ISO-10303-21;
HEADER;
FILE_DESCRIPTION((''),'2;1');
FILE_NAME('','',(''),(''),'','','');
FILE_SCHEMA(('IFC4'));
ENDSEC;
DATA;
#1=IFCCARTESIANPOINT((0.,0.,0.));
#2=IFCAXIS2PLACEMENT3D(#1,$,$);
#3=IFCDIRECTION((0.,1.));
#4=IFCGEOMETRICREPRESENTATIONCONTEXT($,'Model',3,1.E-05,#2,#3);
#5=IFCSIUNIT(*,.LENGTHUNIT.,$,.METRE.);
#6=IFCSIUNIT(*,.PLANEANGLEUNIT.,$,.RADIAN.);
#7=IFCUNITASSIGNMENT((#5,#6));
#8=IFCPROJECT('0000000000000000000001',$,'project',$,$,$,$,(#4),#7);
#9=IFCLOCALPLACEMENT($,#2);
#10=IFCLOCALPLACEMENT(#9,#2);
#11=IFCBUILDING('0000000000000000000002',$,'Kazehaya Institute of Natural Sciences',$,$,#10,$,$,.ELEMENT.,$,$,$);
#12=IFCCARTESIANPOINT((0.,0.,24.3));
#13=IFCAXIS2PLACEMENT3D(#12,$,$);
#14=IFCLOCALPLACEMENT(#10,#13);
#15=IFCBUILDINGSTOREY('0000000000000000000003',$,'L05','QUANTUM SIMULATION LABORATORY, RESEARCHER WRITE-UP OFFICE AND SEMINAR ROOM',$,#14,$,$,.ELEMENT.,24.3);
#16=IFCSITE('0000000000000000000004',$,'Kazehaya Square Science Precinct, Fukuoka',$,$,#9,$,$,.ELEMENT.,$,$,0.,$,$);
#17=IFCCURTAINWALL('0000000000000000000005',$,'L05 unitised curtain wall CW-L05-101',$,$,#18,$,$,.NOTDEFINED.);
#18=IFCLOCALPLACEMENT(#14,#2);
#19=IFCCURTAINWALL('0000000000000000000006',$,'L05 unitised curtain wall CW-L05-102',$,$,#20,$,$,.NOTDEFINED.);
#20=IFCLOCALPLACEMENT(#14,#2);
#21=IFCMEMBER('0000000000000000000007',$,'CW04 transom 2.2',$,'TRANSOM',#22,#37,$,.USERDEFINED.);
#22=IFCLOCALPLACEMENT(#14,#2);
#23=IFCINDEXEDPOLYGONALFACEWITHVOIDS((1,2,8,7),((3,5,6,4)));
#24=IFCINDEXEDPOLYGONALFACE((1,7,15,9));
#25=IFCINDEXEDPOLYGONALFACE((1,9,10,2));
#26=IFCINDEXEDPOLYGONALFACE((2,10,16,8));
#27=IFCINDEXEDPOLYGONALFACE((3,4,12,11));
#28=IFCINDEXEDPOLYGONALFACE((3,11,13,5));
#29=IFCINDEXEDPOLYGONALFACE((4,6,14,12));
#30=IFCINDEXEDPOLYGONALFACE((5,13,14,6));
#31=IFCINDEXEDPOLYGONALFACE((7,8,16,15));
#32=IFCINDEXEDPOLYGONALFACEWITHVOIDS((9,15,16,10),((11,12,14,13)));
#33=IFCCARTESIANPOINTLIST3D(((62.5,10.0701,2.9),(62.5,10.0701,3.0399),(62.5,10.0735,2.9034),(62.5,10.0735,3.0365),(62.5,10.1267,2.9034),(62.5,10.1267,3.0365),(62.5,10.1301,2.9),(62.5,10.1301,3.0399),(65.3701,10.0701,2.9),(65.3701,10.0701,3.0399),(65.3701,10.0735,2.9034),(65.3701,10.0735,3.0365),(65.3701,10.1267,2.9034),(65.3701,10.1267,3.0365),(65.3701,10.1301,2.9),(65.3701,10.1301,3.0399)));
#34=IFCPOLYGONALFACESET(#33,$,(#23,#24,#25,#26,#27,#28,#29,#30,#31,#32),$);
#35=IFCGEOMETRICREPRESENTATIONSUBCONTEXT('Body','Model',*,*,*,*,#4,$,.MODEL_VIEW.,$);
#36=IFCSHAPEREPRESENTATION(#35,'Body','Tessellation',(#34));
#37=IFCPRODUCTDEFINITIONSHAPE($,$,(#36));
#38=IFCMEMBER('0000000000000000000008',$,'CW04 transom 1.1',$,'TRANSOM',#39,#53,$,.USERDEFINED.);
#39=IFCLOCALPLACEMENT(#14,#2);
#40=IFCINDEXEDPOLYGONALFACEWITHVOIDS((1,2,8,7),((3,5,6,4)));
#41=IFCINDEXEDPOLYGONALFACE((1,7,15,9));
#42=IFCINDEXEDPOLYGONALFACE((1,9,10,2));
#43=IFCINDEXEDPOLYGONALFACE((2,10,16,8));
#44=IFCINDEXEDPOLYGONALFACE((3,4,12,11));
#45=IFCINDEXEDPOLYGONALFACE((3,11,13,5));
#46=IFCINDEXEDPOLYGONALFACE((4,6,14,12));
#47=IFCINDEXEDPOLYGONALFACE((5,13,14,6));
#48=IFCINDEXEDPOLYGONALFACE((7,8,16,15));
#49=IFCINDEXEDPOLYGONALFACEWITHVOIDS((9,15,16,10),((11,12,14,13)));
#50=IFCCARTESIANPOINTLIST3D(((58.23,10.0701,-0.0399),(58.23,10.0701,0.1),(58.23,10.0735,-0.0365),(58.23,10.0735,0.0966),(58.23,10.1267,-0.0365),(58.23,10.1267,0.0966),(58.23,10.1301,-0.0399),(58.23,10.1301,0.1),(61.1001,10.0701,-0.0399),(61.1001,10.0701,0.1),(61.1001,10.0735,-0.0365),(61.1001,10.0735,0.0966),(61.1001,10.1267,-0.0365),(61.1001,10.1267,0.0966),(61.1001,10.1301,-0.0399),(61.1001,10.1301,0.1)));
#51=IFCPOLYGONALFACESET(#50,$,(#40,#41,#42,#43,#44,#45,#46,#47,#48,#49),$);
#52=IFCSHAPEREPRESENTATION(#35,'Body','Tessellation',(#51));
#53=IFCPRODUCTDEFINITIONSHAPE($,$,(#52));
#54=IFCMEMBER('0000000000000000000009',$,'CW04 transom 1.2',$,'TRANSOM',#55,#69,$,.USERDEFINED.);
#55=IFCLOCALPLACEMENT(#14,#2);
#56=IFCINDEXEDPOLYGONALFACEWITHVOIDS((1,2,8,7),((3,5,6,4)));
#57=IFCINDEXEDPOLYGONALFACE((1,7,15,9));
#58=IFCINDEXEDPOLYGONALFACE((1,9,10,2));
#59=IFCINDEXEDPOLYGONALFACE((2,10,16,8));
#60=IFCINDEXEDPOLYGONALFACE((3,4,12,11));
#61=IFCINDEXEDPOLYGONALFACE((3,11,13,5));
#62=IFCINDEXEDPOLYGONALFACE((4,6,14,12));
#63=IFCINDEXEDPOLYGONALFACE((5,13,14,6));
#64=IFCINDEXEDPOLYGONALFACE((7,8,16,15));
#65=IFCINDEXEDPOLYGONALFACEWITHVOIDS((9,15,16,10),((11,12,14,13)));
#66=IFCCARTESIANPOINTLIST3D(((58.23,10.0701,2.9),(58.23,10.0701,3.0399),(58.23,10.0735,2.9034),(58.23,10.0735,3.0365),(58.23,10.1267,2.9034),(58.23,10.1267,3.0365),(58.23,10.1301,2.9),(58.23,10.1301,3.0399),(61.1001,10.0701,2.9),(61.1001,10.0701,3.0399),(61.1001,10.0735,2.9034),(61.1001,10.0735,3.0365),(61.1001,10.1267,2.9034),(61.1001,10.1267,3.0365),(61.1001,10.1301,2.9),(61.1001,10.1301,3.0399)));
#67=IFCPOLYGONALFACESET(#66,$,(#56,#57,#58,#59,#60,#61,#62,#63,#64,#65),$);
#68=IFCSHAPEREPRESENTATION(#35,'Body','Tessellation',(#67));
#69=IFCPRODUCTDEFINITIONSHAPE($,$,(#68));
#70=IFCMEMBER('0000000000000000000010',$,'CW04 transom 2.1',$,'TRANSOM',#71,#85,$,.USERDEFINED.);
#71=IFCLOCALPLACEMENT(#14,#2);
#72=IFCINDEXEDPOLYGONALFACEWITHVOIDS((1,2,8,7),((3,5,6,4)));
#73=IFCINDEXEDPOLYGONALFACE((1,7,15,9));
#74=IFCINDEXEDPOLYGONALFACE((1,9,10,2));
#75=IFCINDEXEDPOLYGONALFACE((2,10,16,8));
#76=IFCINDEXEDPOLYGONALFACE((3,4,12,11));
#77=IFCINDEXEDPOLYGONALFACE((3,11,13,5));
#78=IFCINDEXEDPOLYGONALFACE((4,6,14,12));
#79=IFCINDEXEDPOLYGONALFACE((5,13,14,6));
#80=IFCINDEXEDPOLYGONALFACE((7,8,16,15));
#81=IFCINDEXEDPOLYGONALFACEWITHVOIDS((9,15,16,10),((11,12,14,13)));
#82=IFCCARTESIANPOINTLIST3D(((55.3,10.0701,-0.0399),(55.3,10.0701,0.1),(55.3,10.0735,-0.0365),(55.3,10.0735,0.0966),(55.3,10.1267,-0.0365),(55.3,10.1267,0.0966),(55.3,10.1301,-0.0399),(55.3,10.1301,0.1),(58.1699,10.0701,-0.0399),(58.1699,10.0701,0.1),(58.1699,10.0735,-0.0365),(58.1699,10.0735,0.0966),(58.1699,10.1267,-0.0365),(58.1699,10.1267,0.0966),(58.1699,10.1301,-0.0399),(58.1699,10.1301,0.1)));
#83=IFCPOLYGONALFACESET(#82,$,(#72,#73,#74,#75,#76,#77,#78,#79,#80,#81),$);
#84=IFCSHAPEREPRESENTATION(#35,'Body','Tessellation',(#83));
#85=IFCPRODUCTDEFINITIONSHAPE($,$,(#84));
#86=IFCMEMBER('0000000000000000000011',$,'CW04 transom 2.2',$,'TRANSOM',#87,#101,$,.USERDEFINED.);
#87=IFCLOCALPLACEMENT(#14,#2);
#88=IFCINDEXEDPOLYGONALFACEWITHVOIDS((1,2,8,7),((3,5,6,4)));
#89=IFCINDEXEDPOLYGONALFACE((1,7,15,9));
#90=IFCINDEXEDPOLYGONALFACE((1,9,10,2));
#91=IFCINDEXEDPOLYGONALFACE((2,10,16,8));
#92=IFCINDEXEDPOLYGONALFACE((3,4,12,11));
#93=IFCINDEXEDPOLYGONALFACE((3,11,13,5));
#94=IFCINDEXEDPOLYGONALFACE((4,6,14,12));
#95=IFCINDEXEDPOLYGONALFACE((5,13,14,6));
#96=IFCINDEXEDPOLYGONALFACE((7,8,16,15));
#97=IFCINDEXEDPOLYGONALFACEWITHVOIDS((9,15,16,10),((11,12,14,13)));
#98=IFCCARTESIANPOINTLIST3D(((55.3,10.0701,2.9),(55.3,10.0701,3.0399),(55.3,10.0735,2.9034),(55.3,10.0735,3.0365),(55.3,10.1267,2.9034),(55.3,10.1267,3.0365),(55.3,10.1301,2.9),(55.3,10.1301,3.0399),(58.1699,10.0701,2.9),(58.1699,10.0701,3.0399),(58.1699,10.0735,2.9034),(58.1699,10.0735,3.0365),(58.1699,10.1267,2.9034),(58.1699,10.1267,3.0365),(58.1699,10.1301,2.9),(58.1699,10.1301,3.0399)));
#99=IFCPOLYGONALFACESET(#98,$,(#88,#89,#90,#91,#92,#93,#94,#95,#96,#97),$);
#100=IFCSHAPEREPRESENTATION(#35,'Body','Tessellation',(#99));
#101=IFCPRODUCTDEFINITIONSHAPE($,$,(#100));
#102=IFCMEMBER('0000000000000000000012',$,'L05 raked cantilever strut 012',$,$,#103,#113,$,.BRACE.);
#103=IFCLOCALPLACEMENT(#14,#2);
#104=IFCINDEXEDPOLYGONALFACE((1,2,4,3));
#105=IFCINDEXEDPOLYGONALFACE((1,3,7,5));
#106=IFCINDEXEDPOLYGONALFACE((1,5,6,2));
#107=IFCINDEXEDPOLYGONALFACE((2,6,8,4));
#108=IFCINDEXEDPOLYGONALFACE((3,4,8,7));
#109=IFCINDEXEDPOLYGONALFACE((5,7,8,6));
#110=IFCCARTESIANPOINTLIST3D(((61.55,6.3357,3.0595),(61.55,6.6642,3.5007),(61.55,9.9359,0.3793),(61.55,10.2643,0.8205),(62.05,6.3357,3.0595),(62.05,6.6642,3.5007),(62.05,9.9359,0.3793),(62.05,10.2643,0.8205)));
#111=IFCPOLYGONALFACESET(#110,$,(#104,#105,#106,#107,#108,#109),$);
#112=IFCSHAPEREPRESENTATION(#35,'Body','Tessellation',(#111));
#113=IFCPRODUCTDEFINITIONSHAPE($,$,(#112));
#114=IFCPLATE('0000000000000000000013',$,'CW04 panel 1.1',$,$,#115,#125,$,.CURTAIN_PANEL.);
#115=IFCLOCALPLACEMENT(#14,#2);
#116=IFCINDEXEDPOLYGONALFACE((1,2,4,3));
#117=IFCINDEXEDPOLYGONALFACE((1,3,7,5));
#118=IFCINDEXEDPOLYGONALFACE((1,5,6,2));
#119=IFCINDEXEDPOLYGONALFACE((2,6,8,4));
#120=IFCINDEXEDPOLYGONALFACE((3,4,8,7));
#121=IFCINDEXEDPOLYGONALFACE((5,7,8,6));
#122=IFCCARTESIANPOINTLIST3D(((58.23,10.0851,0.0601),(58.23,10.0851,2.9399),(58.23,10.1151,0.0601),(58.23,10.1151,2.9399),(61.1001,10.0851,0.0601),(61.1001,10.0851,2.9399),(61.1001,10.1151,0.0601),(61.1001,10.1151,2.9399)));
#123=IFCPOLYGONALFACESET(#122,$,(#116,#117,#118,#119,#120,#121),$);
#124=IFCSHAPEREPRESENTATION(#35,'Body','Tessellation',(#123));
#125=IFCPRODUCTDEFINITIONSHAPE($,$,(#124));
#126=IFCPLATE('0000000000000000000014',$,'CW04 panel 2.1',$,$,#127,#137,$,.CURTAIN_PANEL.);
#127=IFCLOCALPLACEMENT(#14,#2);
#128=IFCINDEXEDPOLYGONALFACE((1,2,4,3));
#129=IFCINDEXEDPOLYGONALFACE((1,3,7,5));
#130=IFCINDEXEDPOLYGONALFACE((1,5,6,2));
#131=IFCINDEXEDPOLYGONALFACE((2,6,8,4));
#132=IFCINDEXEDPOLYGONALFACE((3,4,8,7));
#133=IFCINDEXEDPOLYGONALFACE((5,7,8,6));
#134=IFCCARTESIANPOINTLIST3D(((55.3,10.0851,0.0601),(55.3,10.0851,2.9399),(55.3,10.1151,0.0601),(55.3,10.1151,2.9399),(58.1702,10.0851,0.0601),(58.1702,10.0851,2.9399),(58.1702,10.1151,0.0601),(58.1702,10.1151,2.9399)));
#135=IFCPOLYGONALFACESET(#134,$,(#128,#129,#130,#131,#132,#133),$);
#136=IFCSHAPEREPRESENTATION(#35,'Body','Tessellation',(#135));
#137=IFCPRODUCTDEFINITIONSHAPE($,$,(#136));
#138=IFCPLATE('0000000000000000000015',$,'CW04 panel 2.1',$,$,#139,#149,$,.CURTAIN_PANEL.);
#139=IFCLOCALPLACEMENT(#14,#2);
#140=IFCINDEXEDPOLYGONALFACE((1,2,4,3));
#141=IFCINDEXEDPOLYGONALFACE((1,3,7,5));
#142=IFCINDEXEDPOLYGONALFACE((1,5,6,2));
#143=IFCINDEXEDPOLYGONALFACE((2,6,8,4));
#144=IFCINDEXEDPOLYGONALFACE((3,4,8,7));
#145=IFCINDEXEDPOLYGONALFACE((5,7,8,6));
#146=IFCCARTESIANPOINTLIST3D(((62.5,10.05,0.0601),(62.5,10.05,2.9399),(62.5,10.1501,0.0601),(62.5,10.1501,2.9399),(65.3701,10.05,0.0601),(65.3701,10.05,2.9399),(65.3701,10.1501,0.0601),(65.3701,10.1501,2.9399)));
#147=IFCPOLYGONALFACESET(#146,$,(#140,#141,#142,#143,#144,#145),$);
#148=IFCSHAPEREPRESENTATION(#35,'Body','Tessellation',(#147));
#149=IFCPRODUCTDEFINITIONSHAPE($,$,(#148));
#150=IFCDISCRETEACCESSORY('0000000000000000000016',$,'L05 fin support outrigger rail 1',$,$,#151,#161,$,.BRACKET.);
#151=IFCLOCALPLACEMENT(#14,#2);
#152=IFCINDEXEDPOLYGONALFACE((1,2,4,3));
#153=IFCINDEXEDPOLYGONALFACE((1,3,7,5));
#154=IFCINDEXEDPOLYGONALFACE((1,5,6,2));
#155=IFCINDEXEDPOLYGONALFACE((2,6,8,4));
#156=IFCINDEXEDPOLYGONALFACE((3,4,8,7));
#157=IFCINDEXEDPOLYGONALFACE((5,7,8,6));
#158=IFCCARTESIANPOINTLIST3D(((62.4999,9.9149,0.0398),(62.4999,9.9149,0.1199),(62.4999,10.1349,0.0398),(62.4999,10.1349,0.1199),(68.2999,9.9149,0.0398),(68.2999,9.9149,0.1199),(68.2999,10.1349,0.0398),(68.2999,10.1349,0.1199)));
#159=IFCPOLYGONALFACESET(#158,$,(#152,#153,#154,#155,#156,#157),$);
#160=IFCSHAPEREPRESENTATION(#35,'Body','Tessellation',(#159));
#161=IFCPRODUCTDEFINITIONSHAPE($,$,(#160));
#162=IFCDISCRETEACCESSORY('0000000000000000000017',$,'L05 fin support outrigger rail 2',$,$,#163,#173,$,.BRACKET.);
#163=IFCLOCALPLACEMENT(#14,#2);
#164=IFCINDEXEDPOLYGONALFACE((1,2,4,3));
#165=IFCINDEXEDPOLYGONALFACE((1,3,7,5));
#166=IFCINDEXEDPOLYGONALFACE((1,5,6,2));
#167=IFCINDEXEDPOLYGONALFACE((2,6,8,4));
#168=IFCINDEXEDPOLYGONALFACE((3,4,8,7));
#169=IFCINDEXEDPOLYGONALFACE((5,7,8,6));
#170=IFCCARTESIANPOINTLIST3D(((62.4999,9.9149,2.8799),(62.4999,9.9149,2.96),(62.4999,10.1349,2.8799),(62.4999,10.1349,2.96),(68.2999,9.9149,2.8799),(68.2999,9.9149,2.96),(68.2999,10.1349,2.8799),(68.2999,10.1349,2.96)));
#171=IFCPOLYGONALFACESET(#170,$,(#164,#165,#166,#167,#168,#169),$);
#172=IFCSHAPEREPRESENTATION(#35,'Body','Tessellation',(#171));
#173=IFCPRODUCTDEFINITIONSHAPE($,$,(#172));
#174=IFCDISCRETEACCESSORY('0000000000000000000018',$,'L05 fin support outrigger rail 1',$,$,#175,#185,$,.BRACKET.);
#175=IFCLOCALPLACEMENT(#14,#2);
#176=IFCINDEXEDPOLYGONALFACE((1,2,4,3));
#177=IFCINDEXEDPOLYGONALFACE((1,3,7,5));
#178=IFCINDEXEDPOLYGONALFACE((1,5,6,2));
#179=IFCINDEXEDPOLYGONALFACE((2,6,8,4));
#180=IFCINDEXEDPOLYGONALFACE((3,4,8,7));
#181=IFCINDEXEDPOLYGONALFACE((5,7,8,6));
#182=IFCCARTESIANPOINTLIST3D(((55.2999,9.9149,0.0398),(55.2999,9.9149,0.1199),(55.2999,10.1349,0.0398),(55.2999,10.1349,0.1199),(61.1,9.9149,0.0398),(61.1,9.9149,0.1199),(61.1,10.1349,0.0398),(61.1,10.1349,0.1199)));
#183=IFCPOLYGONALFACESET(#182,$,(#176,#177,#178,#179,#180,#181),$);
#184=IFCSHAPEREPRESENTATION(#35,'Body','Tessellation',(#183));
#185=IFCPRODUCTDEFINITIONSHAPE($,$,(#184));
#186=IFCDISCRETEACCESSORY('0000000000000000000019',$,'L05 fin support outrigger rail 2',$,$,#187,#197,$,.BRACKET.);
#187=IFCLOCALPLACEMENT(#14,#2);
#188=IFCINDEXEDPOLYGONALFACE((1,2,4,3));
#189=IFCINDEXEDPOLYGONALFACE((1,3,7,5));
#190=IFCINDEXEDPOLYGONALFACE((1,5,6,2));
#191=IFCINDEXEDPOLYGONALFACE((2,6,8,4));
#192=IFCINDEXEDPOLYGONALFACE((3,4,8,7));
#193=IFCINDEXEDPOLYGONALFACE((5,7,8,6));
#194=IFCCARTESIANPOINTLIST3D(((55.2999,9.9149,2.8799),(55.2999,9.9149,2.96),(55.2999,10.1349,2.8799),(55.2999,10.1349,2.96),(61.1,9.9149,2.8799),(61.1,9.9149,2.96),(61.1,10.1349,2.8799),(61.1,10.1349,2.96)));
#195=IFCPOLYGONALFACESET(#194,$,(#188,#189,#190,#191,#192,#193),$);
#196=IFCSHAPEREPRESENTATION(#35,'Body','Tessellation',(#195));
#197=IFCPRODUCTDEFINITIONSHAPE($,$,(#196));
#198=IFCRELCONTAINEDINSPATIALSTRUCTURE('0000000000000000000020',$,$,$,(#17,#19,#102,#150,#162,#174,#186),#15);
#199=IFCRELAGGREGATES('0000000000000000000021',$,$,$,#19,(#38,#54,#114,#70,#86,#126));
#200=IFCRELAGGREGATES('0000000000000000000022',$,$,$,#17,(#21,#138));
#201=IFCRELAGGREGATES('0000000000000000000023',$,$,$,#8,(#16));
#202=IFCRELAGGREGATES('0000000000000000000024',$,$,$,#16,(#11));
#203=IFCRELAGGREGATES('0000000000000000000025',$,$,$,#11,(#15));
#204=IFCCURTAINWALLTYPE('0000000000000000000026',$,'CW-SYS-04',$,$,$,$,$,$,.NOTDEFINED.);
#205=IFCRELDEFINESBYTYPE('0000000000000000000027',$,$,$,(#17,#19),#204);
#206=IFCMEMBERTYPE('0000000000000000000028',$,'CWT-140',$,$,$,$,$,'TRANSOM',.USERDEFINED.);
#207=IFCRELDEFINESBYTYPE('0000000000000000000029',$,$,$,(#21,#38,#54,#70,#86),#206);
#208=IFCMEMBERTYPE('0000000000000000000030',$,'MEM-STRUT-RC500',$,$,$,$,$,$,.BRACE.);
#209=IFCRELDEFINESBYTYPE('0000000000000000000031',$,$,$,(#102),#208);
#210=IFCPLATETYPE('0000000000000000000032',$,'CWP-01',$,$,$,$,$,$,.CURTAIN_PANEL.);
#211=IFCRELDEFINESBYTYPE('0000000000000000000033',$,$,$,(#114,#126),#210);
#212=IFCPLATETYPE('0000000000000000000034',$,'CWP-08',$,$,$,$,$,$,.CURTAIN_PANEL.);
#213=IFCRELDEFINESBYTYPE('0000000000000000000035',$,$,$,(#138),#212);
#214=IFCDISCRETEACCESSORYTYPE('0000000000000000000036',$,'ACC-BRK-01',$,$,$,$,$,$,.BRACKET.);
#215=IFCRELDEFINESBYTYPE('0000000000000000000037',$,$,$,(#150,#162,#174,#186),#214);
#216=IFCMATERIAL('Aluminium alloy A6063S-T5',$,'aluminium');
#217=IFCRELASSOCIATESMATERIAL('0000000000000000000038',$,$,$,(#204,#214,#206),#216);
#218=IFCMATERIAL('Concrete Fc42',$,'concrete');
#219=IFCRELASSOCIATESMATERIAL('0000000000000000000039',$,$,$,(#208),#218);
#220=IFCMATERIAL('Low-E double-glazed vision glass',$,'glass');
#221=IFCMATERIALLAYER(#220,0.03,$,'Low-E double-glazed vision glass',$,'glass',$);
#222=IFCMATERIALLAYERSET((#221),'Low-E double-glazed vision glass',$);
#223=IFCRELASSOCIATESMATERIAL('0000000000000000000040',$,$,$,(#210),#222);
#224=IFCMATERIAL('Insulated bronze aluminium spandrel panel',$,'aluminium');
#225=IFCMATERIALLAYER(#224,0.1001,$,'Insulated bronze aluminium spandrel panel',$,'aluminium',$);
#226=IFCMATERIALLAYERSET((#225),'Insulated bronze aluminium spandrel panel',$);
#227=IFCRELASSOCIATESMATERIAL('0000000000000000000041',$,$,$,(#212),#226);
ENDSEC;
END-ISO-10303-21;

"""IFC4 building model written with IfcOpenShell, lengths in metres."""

from ifc_helpers import new_model, si_unit, direction, frame, origin, origin_2d, place, context, subcontext, project, spatial, rectangle, hollow_rectangle, extrude, material, layer, layer_set, material_profile, profile_set, type_object, element, aggregate, save


model = new_model("IFC4")

# Units and contexts
model_context = context("Model", 3, precision=1e-05, world=origin(), true_north=direction((0.0, 1.0)))
body_context = subcontext(model_context, "Body", "Model", "MODEL_VIEW")
ifc_project = project(units=[si_unit("LENGTHUNIT", "METRE"), si_unit("PLANEANGLEUNIT", "RADIAN")], contexts=[model_context])

# Site, building, storey
site_placement = place(None, origin())
site = spatial("IfcSite", under=ifc_project, at=site_placement, Name="Kazehaya Square Science Precinct, Fukuoka", CompositionType="ELEMENT", RefElevation=0.0)
building_placement = place(site_placement, origin())
building = spatial("IfcBuilding", under=site, at=building_placement, Name="Kazehaya Institute of Natural Sciences", CompositionType="ELEMENT")
storey_placement = place(building_placement, frame((0.0, 0.0, 24.3)))
storey = spatial("IfcBuildingStorey", under=building, at=storey_placement, Name="L05", Description="QUANTUM SIMULATION LABORATORY, RESEARCHER WRITE-UP OFFICE AND SEMINAR ROOM", CompositionType="ELEMENT", Elevation=24.3)

# Shared definitions
ifc_material_1 = material(Name="Concrete Fc42", Category="concrete")

# Curtain wall
ifc_material_2 = material(Name="Aluminium alloy A6063S-T5", Category="aluminium")
curtain_wall_type = type_object("IfcCurtainWallType", Name="CW-SYS-04", PredefinedType="NOTDEFINED", material=ifc_material_2)
curtain_wall_1_placement = place(storey_placement, origin())
curtain_wall_1 = element("IfcCurtainWall", 1, at=curtain_wall_1_placement, inside=storey, type_object=curtain_wall_type, Name="L05 unitised curtain wall CW-L05-101", PredefinedType="NOTDEFINED")

# Curtain wall
curtain_wall_2_placement = place(storey_placement, origin())
curtain_wall_2 = element("IfcCurtainWall", 2, at=curtain_wall_2_placement, inside=storey, type_object=curtain_wall_type, Name="L05 unitised curtain wall CW-L05-102", PredefinedType="NOTDEFINED")

# Members
ifc_material_profile_1 = material_profile(ifc_material_2, hollow_rectangle(XDim=0.0601, YDim=0.1399, WallThickness=0.0034, at=origin_2d()), Name="ALU-60x140x3.5")
ifc_profile_set_1 = profile_set([ifc_material_profile_1], Name="Aluminium alloy A6063S-T5")
member_type_1 = type_object("IfcMemberType", Name="CWT-140", ElementType="TRANSOM", PredefinedType="USERDEFINED", material=ifc_profile_set_1)
member_1_placement = place(storey_placement, frame((65.3701, 10.1001, 2.97), z_axis=(-1.0, 0.0, 0.0), x_axis=(0.0, -1.0, 0.0)))
member_1 = element("IfcMember", 3, at=member_1_placement, type_object=member_type_1, Name="CW04 transom 2.2", ObjectType="TRANSOM", PredefinedType="USERDEFINED", context=body_context, shape_type="SweptSolid", body=[
    extrude(hollow_rectangle(XDim=0.0601, YDim=0.1399, WallThickness=0.0034, at=origin_2d()), origin(), (0.0, 0.0, 1.0), 2.8701),
])
member_2_placement = place(storey_placement, frame((61.1001, 10.1001, 0.03), z_axis=(-1.0, 0.0, 0.0), x_axis=(0.0, -1.0, 0.0)))
member_2 = element("IfcMember", 4, at=member_2_placement, type_object=member_type_1, Name="CW04 transom 1.1", ObjectType="TRANSOM", PredefinedType="USERDEFINED", context=body_context, shape_type="SweptSolid", body=[
    extrude(hollow_rectangle(XDim=0.0601, YDim=0.1399, WallThickness=0.0034, at=origin_2d()), origin(), (0.0, 0.0, 1.0), 2.8701),
])
member_3_placement = place(storey_placement, frame((61.1001, 10.1001, 2.97), z_axis=(-1.0, 0.0, 0.0), x_axis=(0.0, -1.0, 0.0)))
member_3 = element("IfcMember", 5, at=member_3_placement, type_object=member_type_1, Name="CW04 transom 1.2", ObjectType="TRANSOM", PredefinedType="USERDEFINED", context=body_context, shape_type="SweptSolid", body=[
    extrude(hollow_rectangle(XDim=0.0601, YDim=0.1399, WallThickness=0.0034, at=origin_2d()), origin(), (0.0, 0.0, 1.0), 2.8701),
])
member_4_placement = place(storey_placement, frame((58.1699, 10.1001, 0.03), z_axis=(-1.0, 0.0, 0.0), x_axis=(0.0, -1.0, 0.0)))
member_4 = element("IfcMember", 6, at=member_4_placement, type_object=member_type_1, Name="CW04 transom 2.1", ObjectType="TRANSOM", PredefinedType="USERDEFINED", context=body_context, shape_type="SweptSolid", body=[
    extrude(hollow_rectangle(XDim=0.0601, YDim=0.1399, WallThickness=0.0034, at=origin_2d()), origin(), (0.0, 0.0, 1.0), 2.8699),
])
member_5_placement = place(storey_placement, frame((58.1699, 10.1001, 2.97), z_axis=(-1.0, 0.0, 0.0), x_axis=(0.0, -1.0, 0.0)))
member_5 = element("IfcMember", 7, at=member_5_placement, type_object=member_type_1, Name="CW04 transom 2.2", ObjectType="TRANSOM", PredefinedType="USERDEFINED", context=body_context, shape_type="SweptSolid", body=[
    extrude(hollow_rectangle(XDim=0.0601, YDim=0.1399, WallThickness=0.0034, at=origin_2d()), origin(), (0.0, 0.0, 1.0), 2.8699),
])
ifc_material_profile_2 = material_profile(ifc_material_1, rectangle(XDim=0.5, YDim=0.55, at=origin_2d()), Name="RC-500x550")
ifc_profile_set_2 = profile_set([ifc_material_profile_2], Name="Concrete Fc42")
member_type_2 = type_object("IfcMemberType", Name="MEM-STRUT-RC500", PredefinedType="BRACE", material=ifc_profile_set_2)
member_6_placement = place(storey_placement, frame((61.8, 10.1001, 0.5999), z_axis=(0.0, -0.802123, 0.597159), x_axis=(1.0, 0.0, 0.0)))
element("IfcMember", 8, at=member_6_placement, inside=storey, type_object=member_type_2, Name="L05 raked cantilever strut 012", PredefinedType="BRACE", context=body_context, shape_type="SweptSolid", body=[
    extrude(rectangle(XDim=0.5, YDim=0.55, at=origin_2d()), origin(), (0.0, 0.0, 1.0), 4.4883),
])

# Plates
ifc_material_3 = material(Name="Low-E double-glazed vision glass", Category="glass")
ifc_layer_1 = layer(ifc_material_3, 0.03, Name="Low-E double-glazed vision glass", Category="glass")
ifc_layer_set_1 = layer_set([ifc_layer_1], Name="Low-E double-glazed vision glass")
plate_type_1 = type_object("IfcPlateType", Name="CWP-01", PredefinedType="CURTAIN_PANEL", material=ifc_layer_set_1)
plate_1_placement = place(storey_placement, frame((59.665, 10.1001, 0.0601), z_axis=(0.0, 0.0, 1.0), x_axis=(-1.0, 0.0, 0.0)))
plate_1 = element("IfcPlate", 9, at=plate_1_placement, type_object=plate_type_1, Name="CW04 panel 1.1", PredefinedType="CURTAIN_PANEL", context=body_context, shape_type="SweptSolid", body=[
    extrude(rectangle(XDim=2.8701, YDim=0.03, at=origin_2d()), origin(), (0.0, 0.0, 1.0), 2.8799),
])
plate_2_placement = place(storey_placement, frame((56.7351, 10.1001, 0.0601), z_axis=(0.0, 0.0, 1.0), x_axis=(-1.0, 0.0, 0.0)))
plate_2 = element("IfcPlate", 10, at=plate_2_placement, type_object=plate_type_1, Name="CW04 panel 2.1", PredefinedType="CURTAIN_PANEL", context=body_context, shape_type="SweptSolid", body=[
    extrude(rectangle(XDim=2.8701, YDim=0.03, at=origin_2d()), origin(), (0.0, 0.0, 1.0), 2.8799),
])
aggregate(curtain_wall_2, [member_2, member_3, plate_1, member_4, member_5, plate_2])
ifc_material_4 = material(Name="Insulated bronze aluminium spandrel panel", Category="aluminium")
ifc_layer_2 = layer(ifc_material_4, 0.1001, Name="Insulated bronze aluminium spandrel panel", Category="aluminium")
ifc_layer_set_2 = layer_set([ifc_layer_2], Name="Insulated bronze aluminium spandrel panel")
plate_type_2 = type_object("IfcPlateType", Name="CWP-08", PredefinedType="CURTAIN_PANEL", material=ifc_layer_set_2)
plate_3_placement = place(storey_placement, frame((63.9351, 10.1001, 0.0601), z_axis=(0.0, 0.0, 1.0), x_axis=(-1.0, 0.0, 0.0)))
plate_3 = element("IfcPlate", 11, at=plate_3_placement, type_object=plate_type_2, Name="CW04 panel 2.1", PredefinedType="CURTAIN_PANEL", context=body_context, shape_type="SweptSolid", body=[
    extrude(rectangle(XDim=2.8701, YDim=0.1001, at=origin_2d()), origin(), (0.0, 0.0, 1.0), 2.8799),
])
aggregate(curtain_wall_1, [member_1, plate_3])

# Discrete accessories
discrete_accessory_type = type_object("IfcDiscreteAccessoryType", Name="ACC-BRK-01", PredefinedType="BRACKET", material=ifc_material_2)
for number, where, z_axis, x_axis, name in (
    (12, (65.3999, 10.0249, 0.0398), (0.0, 0.0, 1.0), (-1.0, 0.0, 0.0), "L05 fin support outrigger rail 1"),
    (13, (65.3999, 10.0249, 2.8799), (0.0, 0.0, 1.0), (-1.0, 0.0, 0.0), "L05 fin support outrigger rail 2"),
    (14, (58.2, 10.0249, 0.0398), (0.0, 0.0, 1.0), (-1.0, 0.0, 0.0), "L05 fin support outrigger rail 1"),
    (15, (58.2, 10.0249, 2.8799), (0.0, 0.0, 1.0), (-1.0, 0.0, 0.0), "L05 fin support outrigger rail 2"),
):
    element("IfcDiscreteAccessory", number, at=place(storey_placement, frame(where, z_axis=z_axis, x_axis=x_axis)), inside=storey, type_object=discrete_accessory_type, Name=name, PredefinedType="BRACKET", context=body_context, shape_type="SweptSolid", body=[
        extrude(rectangle(XDim=5.8, YDim=0.22, at=origin_2d()), origin(), (0.0, 0.0, 1.0), 0.0801),
    ])

save(model, "model.ifc")
